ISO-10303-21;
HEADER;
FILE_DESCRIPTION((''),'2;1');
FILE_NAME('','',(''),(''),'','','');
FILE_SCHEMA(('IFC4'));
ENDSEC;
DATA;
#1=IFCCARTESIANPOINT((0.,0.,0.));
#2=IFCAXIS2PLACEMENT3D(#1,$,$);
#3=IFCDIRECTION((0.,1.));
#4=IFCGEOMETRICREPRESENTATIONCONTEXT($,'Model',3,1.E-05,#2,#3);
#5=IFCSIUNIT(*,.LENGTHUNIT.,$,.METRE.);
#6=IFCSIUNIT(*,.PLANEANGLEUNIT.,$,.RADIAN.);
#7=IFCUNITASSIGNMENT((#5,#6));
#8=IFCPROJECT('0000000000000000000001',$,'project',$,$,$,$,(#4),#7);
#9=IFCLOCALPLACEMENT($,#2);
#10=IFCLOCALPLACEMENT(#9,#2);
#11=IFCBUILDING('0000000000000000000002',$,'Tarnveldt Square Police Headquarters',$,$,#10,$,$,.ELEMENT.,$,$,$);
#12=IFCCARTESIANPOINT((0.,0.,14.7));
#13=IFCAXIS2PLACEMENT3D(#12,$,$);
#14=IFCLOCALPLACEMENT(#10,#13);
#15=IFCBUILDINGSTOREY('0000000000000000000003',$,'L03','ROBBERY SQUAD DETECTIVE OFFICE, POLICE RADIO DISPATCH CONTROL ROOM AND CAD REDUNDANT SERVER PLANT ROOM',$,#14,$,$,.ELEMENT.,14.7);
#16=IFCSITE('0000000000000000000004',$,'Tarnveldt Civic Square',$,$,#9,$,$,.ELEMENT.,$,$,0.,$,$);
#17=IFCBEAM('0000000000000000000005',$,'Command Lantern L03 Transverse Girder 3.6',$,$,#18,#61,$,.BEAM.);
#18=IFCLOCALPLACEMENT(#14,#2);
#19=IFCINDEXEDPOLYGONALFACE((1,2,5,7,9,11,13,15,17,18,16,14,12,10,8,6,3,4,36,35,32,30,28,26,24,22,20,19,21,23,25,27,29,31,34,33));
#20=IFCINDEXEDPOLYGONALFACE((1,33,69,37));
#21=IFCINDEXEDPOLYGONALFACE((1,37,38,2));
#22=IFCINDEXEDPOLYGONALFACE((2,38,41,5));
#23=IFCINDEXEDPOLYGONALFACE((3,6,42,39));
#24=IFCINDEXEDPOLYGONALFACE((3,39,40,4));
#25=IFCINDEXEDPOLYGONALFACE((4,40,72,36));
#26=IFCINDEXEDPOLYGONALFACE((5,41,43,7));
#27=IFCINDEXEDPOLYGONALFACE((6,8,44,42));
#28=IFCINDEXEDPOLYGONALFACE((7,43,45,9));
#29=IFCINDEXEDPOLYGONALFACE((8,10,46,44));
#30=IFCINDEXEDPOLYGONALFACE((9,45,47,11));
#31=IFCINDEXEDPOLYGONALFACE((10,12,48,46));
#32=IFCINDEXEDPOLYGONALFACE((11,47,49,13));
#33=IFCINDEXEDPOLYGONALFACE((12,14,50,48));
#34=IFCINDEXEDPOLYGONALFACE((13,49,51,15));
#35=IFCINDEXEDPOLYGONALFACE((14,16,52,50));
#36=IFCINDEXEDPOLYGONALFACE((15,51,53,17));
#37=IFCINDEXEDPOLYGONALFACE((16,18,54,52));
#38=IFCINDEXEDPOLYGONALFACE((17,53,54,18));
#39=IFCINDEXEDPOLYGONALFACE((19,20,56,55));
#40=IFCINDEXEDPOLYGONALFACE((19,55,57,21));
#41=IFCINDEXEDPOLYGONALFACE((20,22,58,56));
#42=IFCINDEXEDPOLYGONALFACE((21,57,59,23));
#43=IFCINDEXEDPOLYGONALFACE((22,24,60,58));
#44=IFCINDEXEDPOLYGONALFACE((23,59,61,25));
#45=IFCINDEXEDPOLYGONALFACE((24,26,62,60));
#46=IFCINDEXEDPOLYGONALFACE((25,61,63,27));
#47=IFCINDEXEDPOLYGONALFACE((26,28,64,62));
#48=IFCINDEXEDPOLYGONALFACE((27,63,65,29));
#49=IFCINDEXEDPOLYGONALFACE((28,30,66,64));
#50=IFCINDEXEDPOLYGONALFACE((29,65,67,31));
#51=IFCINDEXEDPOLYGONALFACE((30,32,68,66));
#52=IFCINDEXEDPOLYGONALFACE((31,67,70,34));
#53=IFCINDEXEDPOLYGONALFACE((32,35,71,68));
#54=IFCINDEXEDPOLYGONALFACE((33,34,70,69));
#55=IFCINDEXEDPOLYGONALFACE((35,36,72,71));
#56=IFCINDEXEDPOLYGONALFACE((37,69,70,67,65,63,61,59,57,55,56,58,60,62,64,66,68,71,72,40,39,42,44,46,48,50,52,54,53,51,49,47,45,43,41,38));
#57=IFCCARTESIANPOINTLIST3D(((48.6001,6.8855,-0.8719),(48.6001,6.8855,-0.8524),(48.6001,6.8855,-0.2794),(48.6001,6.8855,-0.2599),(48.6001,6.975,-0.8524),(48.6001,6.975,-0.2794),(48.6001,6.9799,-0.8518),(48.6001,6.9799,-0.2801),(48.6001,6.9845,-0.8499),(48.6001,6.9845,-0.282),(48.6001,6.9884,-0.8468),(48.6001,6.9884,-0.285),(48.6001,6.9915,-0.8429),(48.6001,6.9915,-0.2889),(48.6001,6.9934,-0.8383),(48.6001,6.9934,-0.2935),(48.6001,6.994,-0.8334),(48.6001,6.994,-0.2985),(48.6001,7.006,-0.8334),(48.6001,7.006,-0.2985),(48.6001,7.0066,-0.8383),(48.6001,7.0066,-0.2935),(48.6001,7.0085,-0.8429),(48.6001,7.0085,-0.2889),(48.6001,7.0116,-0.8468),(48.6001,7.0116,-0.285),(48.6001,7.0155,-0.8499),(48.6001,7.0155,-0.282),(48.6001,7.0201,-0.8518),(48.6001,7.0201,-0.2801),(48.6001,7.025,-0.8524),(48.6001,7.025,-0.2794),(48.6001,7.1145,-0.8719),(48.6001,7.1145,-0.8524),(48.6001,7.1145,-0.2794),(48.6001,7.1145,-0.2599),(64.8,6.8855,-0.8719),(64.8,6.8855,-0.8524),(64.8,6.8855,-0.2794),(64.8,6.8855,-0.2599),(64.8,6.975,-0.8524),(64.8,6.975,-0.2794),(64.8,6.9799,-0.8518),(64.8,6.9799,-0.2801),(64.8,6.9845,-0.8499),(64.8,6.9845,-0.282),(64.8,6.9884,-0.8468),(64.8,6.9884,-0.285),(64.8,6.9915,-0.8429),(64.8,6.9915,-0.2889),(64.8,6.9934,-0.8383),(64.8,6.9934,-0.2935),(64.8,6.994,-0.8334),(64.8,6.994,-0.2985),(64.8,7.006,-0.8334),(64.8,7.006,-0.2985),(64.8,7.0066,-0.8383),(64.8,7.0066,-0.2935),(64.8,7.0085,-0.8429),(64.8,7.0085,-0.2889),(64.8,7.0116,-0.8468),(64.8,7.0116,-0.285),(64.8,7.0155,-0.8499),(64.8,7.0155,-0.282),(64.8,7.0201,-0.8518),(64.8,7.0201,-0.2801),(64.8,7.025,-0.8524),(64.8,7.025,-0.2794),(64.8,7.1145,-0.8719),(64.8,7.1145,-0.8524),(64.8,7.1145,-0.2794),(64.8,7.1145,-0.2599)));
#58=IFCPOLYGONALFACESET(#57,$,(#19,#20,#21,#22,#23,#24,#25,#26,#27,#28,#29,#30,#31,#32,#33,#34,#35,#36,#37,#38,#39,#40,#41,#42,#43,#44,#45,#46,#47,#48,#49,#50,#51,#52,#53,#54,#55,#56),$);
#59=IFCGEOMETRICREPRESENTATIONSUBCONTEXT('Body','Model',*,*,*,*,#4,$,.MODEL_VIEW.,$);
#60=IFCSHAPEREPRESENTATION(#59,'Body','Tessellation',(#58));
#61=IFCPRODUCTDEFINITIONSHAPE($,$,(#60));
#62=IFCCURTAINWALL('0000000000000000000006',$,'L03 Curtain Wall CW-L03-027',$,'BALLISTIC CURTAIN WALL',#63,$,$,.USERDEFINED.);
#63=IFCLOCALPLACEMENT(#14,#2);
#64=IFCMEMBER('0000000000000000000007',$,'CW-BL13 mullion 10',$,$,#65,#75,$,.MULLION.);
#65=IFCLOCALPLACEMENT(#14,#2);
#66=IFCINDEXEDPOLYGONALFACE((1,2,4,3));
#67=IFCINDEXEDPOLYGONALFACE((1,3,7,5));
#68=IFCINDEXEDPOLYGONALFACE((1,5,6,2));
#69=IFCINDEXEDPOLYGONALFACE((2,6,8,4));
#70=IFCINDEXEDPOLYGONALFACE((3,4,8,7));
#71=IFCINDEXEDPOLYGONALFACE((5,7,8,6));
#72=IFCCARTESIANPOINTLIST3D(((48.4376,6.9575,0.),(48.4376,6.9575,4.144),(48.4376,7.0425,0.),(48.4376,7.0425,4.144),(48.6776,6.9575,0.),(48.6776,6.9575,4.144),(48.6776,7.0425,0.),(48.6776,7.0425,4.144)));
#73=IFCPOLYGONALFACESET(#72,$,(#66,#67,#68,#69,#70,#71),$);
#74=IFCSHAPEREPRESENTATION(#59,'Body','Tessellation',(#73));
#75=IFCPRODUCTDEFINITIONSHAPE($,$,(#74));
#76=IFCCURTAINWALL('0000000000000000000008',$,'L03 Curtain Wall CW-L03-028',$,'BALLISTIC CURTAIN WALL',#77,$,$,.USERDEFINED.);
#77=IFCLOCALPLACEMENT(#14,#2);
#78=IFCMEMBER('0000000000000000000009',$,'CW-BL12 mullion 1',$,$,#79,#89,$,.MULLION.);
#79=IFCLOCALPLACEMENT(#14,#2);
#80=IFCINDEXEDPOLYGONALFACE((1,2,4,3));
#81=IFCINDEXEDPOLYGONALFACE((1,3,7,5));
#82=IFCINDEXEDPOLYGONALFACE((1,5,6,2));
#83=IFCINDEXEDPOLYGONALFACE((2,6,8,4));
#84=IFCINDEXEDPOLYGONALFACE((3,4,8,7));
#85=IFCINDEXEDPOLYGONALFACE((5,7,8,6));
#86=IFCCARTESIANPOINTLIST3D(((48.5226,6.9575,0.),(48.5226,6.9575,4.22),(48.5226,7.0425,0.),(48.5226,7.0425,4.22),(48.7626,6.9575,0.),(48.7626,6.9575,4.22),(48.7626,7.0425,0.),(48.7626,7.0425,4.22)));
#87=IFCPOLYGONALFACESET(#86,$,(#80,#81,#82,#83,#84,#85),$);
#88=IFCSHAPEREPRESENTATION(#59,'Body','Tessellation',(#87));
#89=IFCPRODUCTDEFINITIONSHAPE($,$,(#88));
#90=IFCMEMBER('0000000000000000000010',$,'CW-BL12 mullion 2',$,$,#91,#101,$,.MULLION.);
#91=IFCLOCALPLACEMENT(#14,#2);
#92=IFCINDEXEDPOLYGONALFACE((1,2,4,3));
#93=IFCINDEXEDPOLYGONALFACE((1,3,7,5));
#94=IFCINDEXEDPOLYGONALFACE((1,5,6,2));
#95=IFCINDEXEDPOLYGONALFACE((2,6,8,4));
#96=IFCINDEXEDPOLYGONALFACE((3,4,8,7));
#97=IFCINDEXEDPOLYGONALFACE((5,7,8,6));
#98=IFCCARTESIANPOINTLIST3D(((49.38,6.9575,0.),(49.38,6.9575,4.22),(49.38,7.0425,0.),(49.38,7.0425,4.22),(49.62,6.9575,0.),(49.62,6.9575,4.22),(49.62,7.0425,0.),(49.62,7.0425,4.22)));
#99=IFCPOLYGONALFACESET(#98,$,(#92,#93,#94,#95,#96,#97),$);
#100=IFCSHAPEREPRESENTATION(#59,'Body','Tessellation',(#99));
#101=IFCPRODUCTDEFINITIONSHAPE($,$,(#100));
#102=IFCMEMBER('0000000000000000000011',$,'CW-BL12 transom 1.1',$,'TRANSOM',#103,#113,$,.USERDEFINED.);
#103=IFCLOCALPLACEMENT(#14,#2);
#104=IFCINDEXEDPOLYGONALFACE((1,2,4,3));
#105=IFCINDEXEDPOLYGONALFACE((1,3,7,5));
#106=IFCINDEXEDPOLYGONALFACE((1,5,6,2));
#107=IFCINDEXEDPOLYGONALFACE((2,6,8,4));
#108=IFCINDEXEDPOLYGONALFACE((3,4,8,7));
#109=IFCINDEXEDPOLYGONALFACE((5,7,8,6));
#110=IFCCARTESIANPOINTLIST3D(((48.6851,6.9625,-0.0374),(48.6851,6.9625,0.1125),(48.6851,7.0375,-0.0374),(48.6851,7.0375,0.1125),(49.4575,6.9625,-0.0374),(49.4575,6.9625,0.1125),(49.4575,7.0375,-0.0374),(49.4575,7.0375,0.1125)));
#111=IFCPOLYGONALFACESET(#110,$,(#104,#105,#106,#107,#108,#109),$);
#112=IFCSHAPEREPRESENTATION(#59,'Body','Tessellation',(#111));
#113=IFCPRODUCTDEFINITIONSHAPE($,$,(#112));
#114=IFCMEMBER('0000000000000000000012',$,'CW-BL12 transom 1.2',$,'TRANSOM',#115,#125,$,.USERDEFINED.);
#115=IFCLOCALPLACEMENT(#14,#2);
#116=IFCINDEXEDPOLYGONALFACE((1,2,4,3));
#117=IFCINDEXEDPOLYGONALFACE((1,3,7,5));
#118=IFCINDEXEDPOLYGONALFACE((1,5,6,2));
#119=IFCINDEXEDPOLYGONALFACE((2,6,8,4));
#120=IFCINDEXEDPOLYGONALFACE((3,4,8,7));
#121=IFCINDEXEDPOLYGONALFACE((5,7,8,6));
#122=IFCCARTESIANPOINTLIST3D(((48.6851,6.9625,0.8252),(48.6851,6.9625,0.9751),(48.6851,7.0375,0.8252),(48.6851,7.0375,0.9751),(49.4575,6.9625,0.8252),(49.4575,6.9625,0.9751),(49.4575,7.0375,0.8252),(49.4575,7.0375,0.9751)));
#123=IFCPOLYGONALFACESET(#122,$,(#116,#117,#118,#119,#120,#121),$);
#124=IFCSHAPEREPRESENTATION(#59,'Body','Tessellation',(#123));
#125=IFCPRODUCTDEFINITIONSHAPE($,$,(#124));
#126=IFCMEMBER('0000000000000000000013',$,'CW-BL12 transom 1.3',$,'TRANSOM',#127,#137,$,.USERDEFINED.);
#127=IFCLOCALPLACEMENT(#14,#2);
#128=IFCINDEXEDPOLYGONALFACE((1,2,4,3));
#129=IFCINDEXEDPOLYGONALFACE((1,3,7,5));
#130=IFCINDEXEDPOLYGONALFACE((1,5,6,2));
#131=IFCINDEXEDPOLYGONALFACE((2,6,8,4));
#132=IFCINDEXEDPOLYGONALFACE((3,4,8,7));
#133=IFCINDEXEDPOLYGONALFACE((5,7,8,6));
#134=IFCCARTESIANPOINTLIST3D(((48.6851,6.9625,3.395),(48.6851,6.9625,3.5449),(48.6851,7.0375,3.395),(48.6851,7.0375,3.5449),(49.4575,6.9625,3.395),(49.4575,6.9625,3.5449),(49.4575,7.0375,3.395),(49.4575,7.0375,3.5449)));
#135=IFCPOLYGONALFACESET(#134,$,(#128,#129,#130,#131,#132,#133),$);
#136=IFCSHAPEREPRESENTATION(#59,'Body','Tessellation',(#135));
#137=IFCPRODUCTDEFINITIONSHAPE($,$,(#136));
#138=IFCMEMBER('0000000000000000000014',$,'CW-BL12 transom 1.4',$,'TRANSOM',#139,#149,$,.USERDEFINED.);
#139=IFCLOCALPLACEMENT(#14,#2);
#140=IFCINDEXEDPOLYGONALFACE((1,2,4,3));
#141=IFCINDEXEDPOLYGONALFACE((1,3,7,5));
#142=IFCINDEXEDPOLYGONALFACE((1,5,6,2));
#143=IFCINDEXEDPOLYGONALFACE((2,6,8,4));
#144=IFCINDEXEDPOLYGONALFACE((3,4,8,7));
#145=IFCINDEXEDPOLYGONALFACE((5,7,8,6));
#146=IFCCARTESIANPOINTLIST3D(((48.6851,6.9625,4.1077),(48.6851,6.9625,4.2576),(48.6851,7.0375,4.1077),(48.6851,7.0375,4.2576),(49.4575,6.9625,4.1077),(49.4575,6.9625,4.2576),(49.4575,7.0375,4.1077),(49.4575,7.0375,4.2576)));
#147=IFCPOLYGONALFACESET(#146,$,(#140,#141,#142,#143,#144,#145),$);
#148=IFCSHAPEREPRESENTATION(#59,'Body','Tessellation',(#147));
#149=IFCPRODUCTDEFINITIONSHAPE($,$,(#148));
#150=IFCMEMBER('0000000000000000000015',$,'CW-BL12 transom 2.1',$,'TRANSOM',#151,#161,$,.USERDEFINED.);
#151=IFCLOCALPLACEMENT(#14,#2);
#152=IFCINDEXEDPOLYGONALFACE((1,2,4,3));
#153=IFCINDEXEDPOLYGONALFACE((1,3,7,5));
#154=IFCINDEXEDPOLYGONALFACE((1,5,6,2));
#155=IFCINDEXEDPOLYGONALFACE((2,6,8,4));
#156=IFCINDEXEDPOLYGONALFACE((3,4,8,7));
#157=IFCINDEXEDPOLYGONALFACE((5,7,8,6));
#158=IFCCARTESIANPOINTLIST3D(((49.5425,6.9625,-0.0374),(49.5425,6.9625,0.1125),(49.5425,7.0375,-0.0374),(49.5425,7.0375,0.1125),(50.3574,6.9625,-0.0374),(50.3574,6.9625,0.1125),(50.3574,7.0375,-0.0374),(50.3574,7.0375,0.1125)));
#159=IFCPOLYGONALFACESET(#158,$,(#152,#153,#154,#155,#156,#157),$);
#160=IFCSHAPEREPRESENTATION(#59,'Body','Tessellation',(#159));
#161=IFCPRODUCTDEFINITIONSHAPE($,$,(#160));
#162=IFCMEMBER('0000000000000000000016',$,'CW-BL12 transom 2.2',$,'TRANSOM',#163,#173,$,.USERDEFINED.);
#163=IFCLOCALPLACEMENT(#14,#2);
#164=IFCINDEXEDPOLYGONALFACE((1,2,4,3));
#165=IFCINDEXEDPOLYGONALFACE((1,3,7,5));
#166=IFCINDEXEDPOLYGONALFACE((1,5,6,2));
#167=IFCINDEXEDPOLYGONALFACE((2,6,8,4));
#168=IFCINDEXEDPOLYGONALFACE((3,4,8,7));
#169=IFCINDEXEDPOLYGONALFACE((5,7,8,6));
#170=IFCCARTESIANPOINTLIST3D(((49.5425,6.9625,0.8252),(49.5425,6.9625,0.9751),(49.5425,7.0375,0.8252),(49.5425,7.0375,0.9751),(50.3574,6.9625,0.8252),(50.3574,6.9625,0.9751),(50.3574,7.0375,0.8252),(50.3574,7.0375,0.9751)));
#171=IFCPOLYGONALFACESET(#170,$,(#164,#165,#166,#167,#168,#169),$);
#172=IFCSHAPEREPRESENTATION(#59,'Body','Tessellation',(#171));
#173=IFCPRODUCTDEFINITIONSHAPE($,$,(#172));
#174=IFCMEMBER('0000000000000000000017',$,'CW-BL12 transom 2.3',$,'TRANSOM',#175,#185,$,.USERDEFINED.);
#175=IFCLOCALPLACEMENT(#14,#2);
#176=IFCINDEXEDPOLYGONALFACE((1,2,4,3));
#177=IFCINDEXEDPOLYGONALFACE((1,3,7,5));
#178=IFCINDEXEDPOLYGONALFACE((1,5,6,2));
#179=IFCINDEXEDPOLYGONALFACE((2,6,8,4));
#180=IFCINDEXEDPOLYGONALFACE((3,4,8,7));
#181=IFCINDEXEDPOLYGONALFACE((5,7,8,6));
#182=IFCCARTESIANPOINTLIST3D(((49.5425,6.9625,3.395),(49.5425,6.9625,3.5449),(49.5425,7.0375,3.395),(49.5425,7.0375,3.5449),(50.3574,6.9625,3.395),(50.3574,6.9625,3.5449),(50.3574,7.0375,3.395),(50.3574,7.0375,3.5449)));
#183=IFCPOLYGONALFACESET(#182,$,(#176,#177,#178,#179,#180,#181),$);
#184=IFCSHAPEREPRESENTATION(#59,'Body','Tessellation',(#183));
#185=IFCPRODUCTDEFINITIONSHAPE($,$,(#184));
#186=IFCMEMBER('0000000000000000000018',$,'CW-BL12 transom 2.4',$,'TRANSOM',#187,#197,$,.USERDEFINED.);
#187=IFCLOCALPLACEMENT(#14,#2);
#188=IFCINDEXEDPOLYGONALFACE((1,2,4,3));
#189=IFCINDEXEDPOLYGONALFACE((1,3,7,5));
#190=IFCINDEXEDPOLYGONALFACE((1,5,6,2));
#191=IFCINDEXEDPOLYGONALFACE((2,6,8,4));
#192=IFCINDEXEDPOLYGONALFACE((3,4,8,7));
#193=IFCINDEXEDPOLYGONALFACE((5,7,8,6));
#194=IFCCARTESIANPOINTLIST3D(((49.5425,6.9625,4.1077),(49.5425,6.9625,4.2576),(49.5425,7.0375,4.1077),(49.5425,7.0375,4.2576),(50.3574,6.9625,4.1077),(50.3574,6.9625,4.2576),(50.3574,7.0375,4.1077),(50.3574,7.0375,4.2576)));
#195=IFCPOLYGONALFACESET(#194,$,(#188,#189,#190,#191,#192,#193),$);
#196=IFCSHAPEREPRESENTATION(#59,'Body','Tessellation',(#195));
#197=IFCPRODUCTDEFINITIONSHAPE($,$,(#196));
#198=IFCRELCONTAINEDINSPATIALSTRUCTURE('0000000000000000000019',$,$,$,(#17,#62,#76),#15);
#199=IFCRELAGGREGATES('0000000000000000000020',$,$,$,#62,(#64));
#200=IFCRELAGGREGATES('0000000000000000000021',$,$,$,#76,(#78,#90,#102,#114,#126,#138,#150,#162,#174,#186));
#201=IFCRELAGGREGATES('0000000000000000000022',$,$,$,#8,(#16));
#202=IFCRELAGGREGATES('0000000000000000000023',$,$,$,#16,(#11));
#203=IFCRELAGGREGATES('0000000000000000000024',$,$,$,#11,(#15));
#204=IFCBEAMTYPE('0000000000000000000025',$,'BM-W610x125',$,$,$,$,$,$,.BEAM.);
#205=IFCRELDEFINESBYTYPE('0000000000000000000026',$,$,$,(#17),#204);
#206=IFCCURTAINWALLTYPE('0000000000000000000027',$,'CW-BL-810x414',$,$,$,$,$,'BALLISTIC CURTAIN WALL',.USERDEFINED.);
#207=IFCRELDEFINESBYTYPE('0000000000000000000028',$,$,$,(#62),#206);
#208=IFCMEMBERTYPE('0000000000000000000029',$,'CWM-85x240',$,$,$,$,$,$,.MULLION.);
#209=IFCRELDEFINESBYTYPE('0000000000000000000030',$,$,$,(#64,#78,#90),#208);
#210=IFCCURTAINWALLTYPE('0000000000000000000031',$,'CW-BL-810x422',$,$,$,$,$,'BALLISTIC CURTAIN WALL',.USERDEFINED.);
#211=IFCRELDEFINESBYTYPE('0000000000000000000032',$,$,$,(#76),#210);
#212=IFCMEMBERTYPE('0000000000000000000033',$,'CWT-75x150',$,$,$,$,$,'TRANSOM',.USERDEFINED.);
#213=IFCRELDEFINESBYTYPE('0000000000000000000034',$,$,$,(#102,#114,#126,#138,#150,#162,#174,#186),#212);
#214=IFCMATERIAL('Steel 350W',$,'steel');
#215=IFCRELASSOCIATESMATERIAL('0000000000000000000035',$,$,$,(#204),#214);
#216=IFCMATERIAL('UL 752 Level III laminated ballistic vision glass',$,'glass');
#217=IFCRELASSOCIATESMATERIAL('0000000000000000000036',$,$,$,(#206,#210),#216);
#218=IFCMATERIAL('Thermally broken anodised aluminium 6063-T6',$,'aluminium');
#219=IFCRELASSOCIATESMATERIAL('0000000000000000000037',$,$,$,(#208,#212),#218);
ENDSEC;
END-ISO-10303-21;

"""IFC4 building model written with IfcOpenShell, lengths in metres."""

from ifc_helpers import new_model, si_unit, direction, frame, origin, origin_2d, place, context, subcontext, project, spatial, rectangle, i_section, extrude, material, material_profile, profile_set, type_object, element, aggregate, save


model = new_model("IFC4")

# Units and contexts
model_context = context("Model", 3, precision=1e-05, world=origin(), true_north=direction((0.0, 1.0)))
body_context = subcontext(model_context, "Body", "Model", "MODEL_VIEW")
ifc_project = project(units=[si_unit("LENGTHUNIT", "METRE"), si_unit("PLANEANGLEUNIT", "RADIAN")], contexts=[model_context])

# Site, building, storey
site_placement = place(None, origin())
site = spatial("IfcSite", under=ifc_project, at=site_placement, Name="Tarnveldt Civic Square", CompositionType="ELEMENT", RefElevation=0.0)
building_placement = place(site_placement, origin())
building = spatial("IfcBuilding", under=site, at=building_placement, Name="Tarnveldt Square Police Headquarters", CompositionType="ELEMENT")
storey_placement = place(building_placement, frame((0.0, 0.0, 14.7)))
storey = spatial("IfcBuildingStorey", under=building, at=storey_placement, Name="L03", Description="ROBBERY SQUAD DETECTIVE OFFICE, POLICE RADIO DISPATCH CONTROL ROOM AND CAD REDUNDANT SERVER PLANT ROOM", CompositionType="ELEMENT", Elevation=14.7)

# Beam
ifc_material_1 = material(Name="Steel 350W", Category="steel")
ifc_material_profile_1 = material_profile(ifc_material_1, i_section(OverallWidth=0.229, OverallDepth=0.6121, WebThickness=0.012, FlangeThickness=0.0195, FilletRadius=0.019, at=origin_2d()), Name="W610x125")
ifc_profile_set_1 = profile_set([ifc_material_profile_1], Name="Steel 350W")
beam_type = type_object("IfcBeamType", Name="BM-W610x125", PredefinedType="BEAM", material=ifc_profile_set_1)
beam_placement = place(storey_placement, frame((48.6001, 7.0, -0.5659), z_axis=(1.0, 0.0, 0.0), x_axis=(0.0, 1.0, 0.0)))
element("IfcBeam", 1, at=beam_placement, inside=storey, type_object=beam_type, Name="Command Lantern L03 Transverse Girder 3.6", PredefinedType="BEAM", context=body_context, shape_type="SweptSolid", body=[
    extrude(i_section(OverallWidth=0.229, OverallDepth=0.6121, WebThickness=0.012, FlangeThickness=0.0195, FilletRadius=0.019, at=origin_2d()), origin(), (0.0, 0.0, 1.0), 16.2),
])

# Curtain wall, member
ifc_material_2 = material(Name="UL 752 Level III laminated ballistic vision glass", Category="glass")
curtain_wall_type_1 = type_object("IfcCurtainWallType", Name="CW-BL-810x414", ElementType="BALLISTIC CURTAIN WALL", PredefinedType="USERDEFINED", material=ifc_material_2)
curtain_wall_1_placement = place(storey_placement, origin())
curtain_wall_1 = element("IfcCurtainWall", 2, at=curtain_wall_1_placement, inside=storey, type_object=curtain_wall_type_1, Name="L03 Curtain Wall CW-L03-027", ObjectType="BALLISTIC CURTAIN WALL", PredefinedType="USERDEFINED")
ifc_material_3 = material(Name="Thermally broken anodised aluminium 6063-T6", Category="aluminium")
ifc_material_profile_2 = material_profile(ifc_material_3, rectangle(XDim=0.085, YDim=0.24, at=origin_2d()), Name="CW-M85x240")
ifc_profile_set_2 = profile_set([ifc_material_profile_2], Name="Thermally broken anodised aluminium 6063-T6")
member_type_1 = type_object("IfcMemberType", Name="CWM-85x240", PredefinedType="MULLION", material=ifc_profile_set_2)
member_1_placement = place(storey_placement, frame((48.5576, 7.0, 0.0), z_axis=(0.0, 0.0, 1.0), x_axis=(0.0, 1.0, 0.0)))
member_1 = element("IfcMember", 3, at=member_1_placement, type_object=member_type_1, Name="CW-BL13 mullion 10", PredefinedType="MULLION", context=body_context, shape_type="SweptSolid", body=[
    extrude(rectangle(XDim=0.085, YDim=0.24, at=origin_2d()), origin(), (0.0, 0.0, 1.0), 4.144),
])

# Curtain wall, members
curtain_wall_type_2 = type_object("IfcCurtainWallType", Name="CW-BL-810x422", ElementType="BALLISTIC CURTAIN WALL", PredefinedType="USERDEFINED", material=ifc_material_2)
curtain_wall_2_placement = place(storey_placement, origin())
curtain_wall_2 = element("IfcCurtainWall", 4, at=curtain_wall_2_placement, inside=storey, type_object=curtain_wall_type_2, Name="L03 Curtain Wall CW-L03-028", ObjectType="BALLISTIC CURTAIN WALL", PredefinedType="USERDEFINED")
member_2_placement = place(storey_placement, frame((48.6426, 7.0, 0.0), z_axis=(0.0, 0.0, 1.0), x_axis=(0.0, 1.0, 0.0)))
member_2 = element("IfcMember", 5, at=member_2_placement, type_object=member_type_1, Name="CW-BL12 mullion 1", PredefinedType="MULLION", context=body_context, shape_type="SweptSolid", body=[
    extrude(rectangle(XDim=0.085, YDim=0.24, at=origin_2d()), origin(), (0.0, 0.0, 1.0), 4.22),
])
member_3_placement = place(storey_placement, frame((49.5, 7.0, 0.0), z_axis=(0.0, 0.0, 1.0), x_axis=(0.0, 1.0, 0.0)))
member_3 = element("IfcMember", 6, at=member_3_placement, type_object=member_type_1, Name="CW-BL12 mullion 2", PredefinedType="MULLION", context=body_context, shape_type="SweptSolid", body=[
    extrude(rectangle(XDim=0.085, YDim=0.24, at=origin_2d()), origin(), (0.0, 0.0, 1.0), 4.22),
])
ifc_material_profile_3 = material_profile(ifc_material_3, rectangle(XDim=0.075, YDim=0.1499, at=origin_2d()), Name="CW-T75x150")
ifc_profile_set_3 = profile_set([ifc_material_profile_3], Name="Thermally broken anodised aluminium 6063-T6")
member_type_2 = type_object("IfcMemberType", Name="CWT-75x150", ElementType="TRANSOM", PredefinedType="USERDEFINED", material=ifc_profile_set_3)
member_4_placement = place(storey_placement, frame((48.6851, 7.0, 0.0376), z_axis=(1.0, 0.0, 0.0), x_axis=(0.0, 1.0, 0.0)))
member_4 = element("IfcMember", 7, at=member_4_placement, type_object=member_type_2, Name="CW-BL12 transom 1.1", ObjectType="TRANSOM", PredefinedType="USERDEFINED", context=body_context, shape_type="SweptSolid", body=[
    extrude(rectangle(XDim=0.075, YDim=0.1499, at=origin_2d()), origin(), (0.0, 0.0, 1.0), 0.7725),
])
member_5_placement = place(storey_placement, frame((48.6851, 7.0, 0.9001), z_axis=(1.0, 0.0, 0.0), x_axis=(0.0, 1.0, 0.0)))
member_5 = element("IfcMember", 8, at=member_5_placement, type_object=member_type_2, Name="CW-BL12 transom 1.2", ObjectType="TRANSOM", PredefinedType="USERDEFINED", context=body_context, shape_type="SweptSolid", body=[
    extrude(rectangle(XDim=0.075, YDim=0.1499, at=origin_2d()), origin(), (0.0, 0.0, 1.0), 0.7725),
])
member_6_placement = place(storey_placement, frame((48.6851, 7.0, 3.47), z_axis=(1.0, 0.0, 0.0), x_axis=(0.0, 1.0, 0.0)))
member_6 = element("IfcMember", 9, at=member_6_placement, type_object=member_type_2, Name="CW-BL12 transom 1.3", ObjectType="TRANSOM", PredefinedType="USERDEFINED", context=body_context, shape_type="SweptSolid", body=[
    extrude(rectangle(XDim=0.075, YDim=0.1499, at=origin_2d()), origin(), (0.0, 0.0, 1.0), 0.7725),
])
member_7_placement = place(storey_placement, frame((48.6851, 7.0, 4.1826), z_axis=(1.0, 0.0, 0.0), x_axis=(0.0, 1.0, 0.0)))
member_7 = element("IfcMember", 10, at=member_7_placement, type_object=member_type_2, Name="CW-BL12 transom 1.4", ObjectType="TRANSOM", PredefinedType="USERDEFINED", context=body_context, shape_type="SweptSolid", body=[
    extrude(rectangle(XDim=0.075, YDim=0.1499, at=origin_2d()), origin(), (0.0, 0.0, 1.0), 0.7725),
])
member_8_placement = place(storey_placement, frame((49.5425, 7.0, 0.0376), z_axis=(1.0, 0.0, 0.0), x_axis=(0.0, 1.0, 0.0)))
member_8 = element("IfcMember", 11, at=member_8_placement, type_object=member_type_2, Name="CW-BL12 transom 2.1", ObjectType="TRANSOM", PredefinedType="USERDEFINED", context=body_context, shape_type="SweptSolid", body=[
    extrude(rectangle(XDim=0.075, YDim=0.1499, at=origin_2d()), origin(), (0.0, 0.0, 1.0), 0.8149),
])
member_9_placement = place(storey_placement, frame((49.5425, 7.0, 0.9001), z_axis=(1.0, 0.0, 0.0), x_axis=(0.0, 1.0, 0.0)))
member_9 = element("IfcMember", 12, at=member_9_placement, type_object=member_type_2, Name="CW-BL12 transom 2.2", ObjectType="TRANSOM", PredefinedType="USERDEFINED", context=body_context, shape_type="SweptSolid", body=[
    extrude(rectangle(XDim=0.075, YDim=0.1499, at=origin_2d()), origin(), (0.0, 0.0, 1.0), 0.8149),
])
member_10_placement = place(storey_placement, frame((49.5425, 7.0, 3.47), z_axis=(1.0, 0.0, 0.0), x_axis=(0.0, 1.0, 0.0)))
member_10 = element("IfcMember", 13, at=member_10_placement, type_object=member_type_2, Name="CW-BL12 transom 2.3", ObjectType="TRANSOM", PredefinedType="USERDEFINED", context=body_context, shape_type="SweptSolid", body=[
    extrude(rectangle(XDim=0.075, YDim=0.1499, at=origin_2d()), origin(), (0.0, 0.0, 1.0), 0.8149),
])
member_11_placement = place(storey_placement, frame((49.5425, 7.0, 4.1826), z_axis=(1.0, 0.0, 0.0), x_axis=(0.0, 1.0, 0.0)))
member_11 = element("IfcMember", 14, at=member_11_placement, type_object=member_type_2, Name="CW-BL12 transom 2.4", ObjectType="TRANSOM", PredefinedType="USERDEFINED", context=body_context, shape_type="SweptSolid", body=[
    extrude(rectangle(XDim=0.075, YDim=0.1499, at=origin_2d()), origin(), (0.0, 0.0, 1.0), 0.8149),
])

aggregate(curtain_wall_1, [member_1])
aggregate(curtain_wall_2, [member_2, member_3, member_4, member_5, member_6, member_7, member_8, member_9, member_10, member_11])

save(model, "model.ifc")
